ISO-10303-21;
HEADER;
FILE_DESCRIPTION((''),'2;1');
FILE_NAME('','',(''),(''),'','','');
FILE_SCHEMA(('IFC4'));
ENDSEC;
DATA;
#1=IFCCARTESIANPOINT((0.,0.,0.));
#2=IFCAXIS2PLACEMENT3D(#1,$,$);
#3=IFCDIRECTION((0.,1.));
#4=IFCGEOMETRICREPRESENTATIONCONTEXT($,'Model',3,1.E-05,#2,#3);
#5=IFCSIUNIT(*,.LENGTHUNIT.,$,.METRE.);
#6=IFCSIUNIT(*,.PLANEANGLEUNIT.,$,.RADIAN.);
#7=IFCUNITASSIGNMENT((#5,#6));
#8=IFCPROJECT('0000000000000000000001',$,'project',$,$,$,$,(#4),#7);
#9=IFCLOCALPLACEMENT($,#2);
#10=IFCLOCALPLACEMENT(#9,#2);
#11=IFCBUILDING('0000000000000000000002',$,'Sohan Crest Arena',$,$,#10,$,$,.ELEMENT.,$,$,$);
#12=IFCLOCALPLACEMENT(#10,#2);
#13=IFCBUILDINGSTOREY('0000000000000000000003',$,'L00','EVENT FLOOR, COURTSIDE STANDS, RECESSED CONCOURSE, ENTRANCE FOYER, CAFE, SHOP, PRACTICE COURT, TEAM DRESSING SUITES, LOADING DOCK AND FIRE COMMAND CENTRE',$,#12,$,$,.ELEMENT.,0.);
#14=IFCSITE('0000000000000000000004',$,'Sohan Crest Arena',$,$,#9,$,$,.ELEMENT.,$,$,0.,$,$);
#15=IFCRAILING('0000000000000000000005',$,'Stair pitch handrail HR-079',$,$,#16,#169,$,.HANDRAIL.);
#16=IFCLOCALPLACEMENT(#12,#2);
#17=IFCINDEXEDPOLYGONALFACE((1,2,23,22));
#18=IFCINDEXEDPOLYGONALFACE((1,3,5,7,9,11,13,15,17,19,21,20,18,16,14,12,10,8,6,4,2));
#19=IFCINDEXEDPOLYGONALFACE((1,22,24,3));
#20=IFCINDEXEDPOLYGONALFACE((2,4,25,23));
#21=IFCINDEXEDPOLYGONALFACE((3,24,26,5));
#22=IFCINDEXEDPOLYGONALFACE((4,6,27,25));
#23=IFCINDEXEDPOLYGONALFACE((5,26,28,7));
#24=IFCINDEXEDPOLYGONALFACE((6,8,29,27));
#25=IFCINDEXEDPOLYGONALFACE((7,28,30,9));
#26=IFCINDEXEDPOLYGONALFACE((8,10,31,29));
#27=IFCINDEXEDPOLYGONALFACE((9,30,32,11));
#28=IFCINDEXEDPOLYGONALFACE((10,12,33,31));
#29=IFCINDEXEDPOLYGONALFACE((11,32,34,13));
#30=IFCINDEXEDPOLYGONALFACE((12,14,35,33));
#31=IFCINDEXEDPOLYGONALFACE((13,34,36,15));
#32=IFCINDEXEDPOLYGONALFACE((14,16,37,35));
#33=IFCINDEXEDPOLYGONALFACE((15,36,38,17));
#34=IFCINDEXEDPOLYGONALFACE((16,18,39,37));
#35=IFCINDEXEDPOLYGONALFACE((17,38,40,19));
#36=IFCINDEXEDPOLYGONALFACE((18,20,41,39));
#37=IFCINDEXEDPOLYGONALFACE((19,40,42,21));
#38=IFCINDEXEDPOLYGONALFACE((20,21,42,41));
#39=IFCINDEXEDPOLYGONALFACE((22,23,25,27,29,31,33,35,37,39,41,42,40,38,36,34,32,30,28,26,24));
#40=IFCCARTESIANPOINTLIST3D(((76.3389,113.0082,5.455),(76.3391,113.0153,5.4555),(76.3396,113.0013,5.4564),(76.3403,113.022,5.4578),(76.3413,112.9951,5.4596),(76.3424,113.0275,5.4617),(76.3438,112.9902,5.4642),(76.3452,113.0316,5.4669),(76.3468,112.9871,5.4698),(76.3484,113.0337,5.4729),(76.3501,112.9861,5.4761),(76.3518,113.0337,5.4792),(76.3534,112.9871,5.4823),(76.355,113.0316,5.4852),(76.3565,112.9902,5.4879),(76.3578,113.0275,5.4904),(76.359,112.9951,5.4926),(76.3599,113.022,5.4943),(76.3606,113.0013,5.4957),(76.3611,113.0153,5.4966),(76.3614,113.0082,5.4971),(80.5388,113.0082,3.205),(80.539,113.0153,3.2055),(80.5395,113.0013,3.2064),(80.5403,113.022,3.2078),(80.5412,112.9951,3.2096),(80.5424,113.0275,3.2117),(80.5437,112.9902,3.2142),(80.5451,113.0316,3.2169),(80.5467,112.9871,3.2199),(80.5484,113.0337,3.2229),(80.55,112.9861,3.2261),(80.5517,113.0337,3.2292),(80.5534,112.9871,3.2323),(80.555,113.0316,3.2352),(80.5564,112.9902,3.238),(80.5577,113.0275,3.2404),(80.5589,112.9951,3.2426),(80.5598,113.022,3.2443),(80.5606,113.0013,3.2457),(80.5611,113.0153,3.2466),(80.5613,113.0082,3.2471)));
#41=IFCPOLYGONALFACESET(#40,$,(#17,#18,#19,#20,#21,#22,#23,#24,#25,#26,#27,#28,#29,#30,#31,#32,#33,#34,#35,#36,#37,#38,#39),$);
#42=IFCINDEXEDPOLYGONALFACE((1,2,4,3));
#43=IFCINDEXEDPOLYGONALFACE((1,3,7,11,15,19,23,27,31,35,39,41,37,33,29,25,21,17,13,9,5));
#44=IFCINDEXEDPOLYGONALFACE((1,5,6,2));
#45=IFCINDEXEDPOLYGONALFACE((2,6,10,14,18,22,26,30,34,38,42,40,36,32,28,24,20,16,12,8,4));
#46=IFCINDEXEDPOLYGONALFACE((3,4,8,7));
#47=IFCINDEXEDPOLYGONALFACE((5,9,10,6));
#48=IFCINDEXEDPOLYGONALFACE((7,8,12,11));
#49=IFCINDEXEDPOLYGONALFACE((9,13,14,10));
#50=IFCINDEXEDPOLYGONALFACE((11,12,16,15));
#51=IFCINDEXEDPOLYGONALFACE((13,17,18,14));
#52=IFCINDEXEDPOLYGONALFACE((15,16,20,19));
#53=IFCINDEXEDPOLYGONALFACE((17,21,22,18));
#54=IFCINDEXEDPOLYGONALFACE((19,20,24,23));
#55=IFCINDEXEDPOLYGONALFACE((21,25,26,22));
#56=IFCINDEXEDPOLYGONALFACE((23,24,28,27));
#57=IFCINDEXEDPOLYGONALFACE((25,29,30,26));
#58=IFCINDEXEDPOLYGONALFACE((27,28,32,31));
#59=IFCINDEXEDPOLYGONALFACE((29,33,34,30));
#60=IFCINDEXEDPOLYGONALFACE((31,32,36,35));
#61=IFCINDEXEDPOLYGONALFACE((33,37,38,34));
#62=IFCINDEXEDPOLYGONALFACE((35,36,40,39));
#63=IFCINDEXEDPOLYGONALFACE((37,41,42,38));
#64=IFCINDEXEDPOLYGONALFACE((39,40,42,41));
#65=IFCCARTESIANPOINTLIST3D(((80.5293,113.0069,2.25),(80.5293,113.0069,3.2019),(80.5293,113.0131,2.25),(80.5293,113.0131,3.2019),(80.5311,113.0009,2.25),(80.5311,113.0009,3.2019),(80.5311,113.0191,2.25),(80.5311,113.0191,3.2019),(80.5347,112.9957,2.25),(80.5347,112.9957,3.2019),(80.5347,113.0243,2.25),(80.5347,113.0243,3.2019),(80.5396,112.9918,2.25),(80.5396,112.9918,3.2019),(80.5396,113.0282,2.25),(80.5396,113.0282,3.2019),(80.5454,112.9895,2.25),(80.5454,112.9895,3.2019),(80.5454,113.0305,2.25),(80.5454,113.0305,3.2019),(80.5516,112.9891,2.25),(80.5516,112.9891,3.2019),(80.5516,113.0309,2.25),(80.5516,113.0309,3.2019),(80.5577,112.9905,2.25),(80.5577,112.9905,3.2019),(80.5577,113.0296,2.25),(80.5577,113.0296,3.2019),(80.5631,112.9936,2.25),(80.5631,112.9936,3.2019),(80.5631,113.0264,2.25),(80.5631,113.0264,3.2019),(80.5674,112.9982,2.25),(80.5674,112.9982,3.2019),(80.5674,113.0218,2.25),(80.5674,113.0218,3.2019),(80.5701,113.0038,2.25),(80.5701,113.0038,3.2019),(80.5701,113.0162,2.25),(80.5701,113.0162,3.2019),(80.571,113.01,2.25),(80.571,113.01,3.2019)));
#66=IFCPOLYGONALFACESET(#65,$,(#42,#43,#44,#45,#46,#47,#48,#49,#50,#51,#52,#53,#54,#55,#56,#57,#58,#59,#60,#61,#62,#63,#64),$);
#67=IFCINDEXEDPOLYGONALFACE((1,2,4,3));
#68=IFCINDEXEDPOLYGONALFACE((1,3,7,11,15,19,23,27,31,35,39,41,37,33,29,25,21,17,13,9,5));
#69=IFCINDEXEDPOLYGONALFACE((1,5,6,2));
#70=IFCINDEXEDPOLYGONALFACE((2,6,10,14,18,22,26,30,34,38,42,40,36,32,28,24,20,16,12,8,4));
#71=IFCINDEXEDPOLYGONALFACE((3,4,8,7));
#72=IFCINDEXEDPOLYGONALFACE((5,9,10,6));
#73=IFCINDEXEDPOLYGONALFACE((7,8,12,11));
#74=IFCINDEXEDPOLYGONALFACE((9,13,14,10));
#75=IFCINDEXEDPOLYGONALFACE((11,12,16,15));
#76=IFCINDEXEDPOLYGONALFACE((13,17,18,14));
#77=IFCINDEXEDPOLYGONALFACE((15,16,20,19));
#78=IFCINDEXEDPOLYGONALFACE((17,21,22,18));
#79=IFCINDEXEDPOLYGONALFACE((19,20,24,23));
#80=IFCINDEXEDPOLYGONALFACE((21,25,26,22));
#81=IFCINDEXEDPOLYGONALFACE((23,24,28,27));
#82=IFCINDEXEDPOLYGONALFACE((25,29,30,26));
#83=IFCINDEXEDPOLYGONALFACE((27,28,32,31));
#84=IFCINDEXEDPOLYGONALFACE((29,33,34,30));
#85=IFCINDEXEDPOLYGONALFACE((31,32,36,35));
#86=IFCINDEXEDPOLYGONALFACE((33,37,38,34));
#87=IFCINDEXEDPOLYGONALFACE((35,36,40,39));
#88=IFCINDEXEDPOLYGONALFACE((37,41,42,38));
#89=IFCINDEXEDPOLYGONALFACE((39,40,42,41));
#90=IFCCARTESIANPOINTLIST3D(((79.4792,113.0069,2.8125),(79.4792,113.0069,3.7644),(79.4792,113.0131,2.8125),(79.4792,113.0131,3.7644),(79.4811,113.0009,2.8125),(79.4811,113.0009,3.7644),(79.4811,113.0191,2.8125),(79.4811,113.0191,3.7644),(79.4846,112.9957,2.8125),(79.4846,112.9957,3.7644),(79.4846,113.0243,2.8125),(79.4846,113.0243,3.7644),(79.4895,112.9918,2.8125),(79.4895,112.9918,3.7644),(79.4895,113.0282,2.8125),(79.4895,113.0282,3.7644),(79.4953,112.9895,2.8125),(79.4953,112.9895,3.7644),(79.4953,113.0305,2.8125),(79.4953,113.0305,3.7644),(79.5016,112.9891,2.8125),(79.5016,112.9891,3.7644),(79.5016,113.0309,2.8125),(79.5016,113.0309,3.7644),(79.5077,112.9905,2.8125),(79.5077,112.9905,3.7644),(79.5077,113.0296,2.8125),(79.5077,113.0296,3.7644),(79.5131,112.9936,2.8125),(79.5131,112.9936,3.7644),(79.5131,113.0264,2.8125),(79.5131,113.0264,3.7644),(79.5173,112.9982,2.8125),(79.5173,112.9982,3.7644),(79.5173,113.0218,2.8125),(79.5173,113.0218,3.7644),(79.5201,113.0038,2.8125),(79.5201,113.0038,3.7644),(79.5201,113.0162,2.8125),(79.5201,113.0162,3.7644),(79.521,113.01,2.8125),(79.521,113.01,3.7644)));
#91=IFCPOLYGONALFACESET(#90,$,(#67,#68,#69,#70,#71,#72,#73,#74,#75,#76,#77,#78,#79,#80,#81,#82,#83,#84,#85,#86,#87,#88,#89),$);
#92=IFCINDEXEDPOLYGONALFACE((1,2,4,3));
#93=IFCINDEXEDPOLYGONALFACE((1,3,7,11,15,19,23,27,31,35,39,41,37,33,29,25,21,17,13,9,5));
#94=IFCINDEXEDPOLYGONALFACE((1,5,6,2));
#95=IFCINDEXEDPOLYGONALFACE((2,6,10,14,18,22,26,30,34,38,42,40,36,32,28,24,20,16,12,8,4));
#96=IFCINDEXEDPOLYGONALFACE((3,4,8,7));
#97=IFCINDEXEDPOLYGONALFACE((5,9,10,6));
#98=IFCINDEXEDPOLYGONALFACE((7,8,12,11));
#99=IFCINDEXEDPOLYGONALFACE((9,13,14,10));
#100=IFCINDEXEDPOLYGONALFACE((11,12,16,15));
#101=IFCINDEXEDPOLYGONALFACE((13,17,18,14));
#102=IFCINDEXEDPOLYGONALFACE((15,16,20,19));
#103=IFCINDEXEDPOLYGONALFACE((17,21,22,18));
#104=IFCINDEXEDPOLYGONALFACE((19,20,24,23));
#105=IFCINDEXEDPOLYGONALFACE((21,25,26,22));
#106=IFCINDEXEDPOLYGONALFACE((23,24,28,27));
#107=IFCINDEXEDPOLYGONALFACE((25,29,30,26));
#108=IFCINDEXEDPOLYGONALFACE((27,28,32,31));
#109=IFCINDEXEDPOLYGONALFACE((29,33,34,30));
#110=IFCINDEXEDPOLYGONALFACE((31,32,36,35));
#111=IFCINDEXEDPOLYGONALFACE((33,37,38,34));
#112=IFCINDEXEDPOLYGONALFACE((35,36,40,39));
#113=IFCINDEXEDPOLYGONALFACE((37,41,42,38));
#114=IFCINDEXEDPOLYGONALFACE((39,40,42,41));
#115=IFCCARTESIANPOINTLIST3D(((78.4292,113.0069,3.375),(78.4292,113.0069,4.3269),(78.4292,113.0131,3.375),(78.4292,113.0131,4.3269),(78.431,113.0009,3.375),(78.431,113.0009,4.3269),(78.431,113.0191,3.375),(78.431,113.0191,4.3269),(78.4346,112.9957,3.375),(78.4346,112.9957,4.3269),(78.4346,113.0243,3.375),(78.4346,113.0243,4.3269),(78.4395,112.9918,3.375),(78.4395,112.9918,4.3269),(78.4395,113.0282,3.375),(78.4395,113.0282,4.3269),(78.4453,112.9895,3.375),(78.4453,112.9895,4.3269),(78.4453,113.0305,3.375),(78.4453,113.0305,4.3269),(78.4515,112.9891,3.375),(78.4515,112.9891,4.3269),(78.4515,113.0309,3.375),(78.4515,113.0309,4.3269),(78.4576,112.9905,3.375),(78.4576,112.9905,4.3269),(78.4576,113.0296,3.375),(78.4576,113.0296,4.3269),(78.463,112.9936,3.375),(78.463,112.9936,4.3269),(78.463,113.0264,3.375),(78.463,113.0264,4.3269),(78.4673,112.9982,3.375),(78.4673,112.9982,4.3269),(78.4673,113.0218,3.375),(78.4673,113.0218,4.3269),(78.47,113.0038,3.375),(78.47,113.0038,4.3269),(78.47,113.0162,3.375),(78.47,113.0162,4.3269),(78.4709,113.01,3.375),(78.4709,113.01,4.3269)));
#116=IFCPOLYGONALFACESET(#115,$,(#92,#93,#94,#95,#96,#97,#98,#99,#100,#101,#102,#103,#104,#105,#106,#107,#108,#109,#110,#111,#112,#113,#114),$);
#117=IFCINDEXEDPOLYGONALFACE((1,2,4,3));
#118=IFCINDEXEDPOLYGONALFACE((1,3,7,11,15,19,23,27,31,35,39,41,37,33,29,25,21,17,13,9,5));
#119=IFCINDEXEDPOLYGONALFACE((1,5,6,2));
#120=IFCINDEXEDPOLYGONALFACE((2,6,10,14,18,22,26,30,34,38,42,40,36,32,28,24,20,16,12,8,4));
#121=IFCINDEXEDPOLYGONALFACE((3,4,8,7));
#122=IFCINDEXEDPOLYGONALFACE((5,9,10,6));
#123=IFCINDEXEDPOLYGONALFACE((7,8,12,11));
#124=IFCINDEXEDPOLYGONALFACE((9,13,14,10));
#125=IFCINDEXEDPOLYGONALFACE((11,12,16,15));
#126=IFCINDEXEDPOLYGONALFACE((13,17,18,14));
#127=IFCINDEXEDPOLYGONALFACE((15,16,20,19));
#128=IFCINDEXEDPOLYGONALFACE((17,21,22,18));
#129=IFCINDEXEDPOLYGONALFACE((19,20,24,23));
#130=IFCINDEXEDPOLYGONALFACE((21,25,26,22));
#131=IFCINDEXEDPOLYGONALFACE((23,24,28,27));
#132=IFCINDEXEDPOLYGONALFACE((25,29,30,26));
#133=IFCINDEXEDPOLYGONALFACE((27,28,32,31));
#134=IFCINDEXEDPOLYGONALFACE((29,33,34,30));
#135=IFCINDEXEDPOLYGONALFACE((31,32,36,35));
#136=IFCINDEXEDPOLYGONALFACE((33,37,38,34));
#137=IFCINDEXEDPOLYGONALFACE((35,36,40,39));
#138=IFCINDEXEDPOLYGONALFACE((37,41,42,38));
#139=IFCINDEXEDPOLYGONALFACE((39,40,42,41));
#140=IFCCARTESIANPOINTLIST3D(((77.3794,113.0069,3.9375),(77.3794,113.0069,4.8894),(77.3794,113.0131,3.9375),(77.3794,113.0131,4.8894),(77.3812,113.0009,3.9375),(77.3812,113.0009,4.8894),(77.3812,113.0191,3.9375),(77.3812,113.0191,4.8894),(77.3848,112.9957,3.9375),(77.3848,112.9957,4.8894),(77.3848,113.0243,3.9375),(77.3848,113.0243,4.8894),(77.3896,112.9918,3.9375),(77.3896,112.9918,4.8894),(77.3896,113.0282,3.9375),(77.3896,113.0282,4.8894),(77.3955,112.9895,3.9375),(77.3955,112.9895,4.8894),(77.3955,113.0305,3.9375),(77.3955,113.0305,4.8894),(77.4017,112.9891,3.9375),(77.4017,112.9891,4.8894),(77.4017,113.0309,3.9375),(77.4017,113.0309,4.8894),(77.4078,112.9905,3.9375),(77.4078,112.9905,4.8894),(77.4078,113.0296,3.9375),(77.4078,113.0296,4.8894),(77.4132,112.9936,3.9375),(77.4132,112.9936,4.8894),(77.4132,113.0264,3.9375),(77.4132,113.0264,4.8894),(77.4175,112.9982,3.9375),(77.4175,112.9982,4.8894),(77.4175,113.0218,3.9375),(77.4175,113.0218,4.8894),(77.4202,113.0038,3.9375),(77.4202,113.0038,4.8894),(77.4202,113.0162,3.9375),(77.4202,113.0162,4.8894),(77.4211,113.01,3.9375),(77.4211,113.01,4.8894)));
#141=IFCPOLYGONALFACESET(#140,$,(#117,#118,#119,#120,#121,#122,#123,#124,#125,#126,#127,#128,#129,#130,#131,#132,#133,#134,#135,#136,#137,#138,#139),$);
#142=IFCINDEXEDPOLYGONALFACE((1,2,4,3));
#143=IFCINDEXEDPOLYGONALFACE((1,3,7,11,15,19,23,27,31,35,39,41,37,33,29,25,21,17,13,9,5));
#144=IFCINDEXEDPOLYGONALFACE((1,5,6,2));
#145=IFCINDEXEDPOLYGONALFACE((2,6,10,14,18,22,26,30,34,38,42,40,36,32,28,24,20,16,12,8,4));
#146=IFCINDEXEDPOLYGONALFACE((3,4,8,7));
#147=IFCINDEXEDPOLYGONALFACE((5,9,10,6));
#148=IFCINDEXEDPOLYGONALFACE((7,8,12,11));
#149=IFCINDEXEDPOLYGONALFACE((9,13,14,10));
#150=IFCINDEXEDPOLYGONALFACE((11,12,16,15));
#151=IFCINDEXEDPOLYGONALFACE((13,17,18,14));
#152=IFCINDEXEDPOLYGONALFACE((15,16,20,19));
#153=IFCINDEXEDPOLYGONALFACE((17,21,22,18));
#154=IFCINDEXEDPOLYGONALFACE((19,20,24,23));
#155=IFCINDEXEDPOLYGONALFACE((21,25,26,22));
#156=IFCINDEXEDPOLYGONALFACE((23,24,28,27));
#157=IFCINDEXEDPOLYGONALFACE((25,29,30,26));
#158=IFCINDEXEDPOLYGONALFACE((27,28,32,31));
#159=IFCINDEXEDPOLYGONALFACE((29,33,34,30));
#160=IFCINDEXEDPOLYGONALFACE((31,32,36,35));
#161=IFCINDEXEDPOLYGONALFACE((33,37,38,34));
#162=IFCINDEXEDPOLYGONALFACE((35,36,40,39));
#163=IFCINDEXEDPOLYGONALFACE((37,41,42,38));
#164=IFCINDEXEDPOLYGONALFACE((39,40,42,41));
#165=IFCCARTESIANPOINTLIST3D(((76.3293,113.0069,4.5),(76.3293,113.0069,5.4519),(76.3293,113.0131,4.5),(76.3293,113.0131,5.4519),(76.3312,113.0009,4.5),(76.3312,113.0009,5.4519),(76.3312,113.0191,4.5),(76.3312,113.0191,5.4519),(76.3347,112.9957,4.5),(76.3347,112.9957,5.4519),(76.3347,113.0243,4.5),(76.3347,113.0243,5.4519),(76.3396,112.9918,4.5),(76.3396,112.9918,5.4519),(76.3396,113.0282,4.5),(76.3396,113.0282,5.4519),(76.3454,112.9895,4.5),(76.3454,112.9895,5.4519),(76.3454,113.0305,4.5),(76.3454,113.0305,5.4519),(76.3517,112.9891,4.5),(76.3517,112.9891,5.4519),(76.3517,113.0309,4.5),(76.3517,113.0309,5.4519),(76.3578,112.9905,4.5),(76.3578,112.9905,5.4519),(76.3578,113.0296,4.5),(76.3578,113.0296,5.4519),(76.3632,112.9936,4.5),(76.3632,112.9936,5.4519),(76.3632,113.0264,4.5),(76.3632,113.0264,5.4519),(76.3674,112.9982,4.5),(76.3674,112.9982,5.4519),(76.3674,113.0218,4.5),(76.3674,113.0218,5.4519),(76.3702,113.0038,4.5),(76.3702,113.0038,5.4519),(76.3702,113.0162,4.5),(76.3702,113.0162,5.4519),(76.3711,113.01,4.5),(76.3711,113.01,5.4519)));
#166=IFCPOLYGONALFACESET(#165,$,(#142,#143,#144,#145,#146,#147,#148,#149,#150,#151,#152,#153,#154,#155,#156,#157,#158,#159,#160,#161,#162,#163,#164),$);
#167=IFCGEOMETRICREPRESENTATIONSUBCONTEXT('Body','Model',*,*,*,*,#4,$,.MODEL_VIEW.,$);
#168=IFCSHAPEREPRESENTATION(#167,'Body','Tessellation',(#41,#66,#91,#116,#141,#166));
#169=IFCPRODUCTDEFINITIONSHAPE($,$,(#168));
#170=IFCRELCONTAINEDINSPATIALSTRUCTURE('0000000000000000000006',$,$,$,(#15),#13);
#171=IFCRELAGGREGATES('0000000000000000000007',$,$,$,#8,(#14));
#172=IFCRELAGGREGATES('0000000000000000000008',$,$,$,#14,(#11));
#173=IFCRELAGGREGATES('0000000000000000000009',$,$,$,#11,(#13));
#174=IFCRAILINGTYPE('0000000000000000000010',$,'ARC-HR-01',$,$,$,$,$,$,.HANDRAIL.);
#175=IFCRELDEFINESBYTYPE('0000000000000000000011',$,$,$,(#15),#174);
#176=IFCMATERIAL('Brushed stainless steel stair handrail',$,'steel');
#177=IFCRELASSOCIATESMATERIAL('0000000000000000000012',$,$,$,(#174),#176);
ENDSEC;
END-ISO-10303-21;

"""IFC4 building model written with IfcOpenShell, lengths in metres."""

from ifc_helpers import new_model, si_unit, direction, frame, origin, origin_2d, place, context, subcontext, project, spatial, circle, extrude, material, type_object, element, save


model = new_model("IFC4")

# Units and contexts
model_context = context("Model", 3, precision=1e-05, world=origin(), true_north=direction((0.0, 1.0)))
body_context = subcontext(model_context, "Body", "Model", "MODEL_VIEW")
ifc_project = project(units=[si_unit("LENGTHUNIT", "METRE"), si_unit("PLANEANGLEUNIT", "RADIAN")], contexts=[model_context])

# Site, building, storey
site_placement = place(None, origin())
site = spatial("IfcSite", under=ifc_project, at=site_placement, Name="Sohan Crest Arena", CompositionType="ELEMENT", RefElevation=0.0)
building_placement = place(site_placement, origin())
building = spatial("IfcBuilding", under=site, at=building_placement, Name="Sohan Crest Arena", CompositionType="ELEMENT")
storey_placement = place(building_placement, origin())
storey = spatial("IfcBuildingStorey", under=building, at=storey_placement, Name="L00", Description="EVENT FLOOR, COURTSIDE STANDS, RECESSED CONCOURSE, ENTRANCE FOYER, CAFE, SHOP, PRACTICE COURT, TEAM DRESSING SUITES, LOADING DOCK AND FIRE COMMAND CENTRE", CompositionType="ELEMENT", Elevation=0.0)

# Railing
ifc_material_1 = material(Name="Brushed stainless steel stair handrail", Category="steel")
railing_type_1 = type_object("IfcRailingType", Name="ARC-HR-01", PredefinedType="HANDRAIL", material=ifc_material_1)
railing_1_placement = place(storey_placement, frame((80.55, 113.01, 2.25)))
element("IfcRailing", 1, at=railing_1_placement, inside=storey, type_object=railing_type_1, Name="Stair pitch handrail HR-079", PredefinedType="HANDRAIL", context=body_context, shape_type="SweptSolid", body=[
    extrude(circle(Radius=0.0239, at=origin_2d()), frame((0.0, 0.0, 0.9761), z_axis=(-0.881478, 0.0, 0.472226), x_axis=(0.0, -1.0, 0.0)), (0.0, 0.0, 1.0), 4.7646),
    extrude(circle(Radius=0.021, at=origin_2d()), origin(), (0.0, 0.0, 1.0), 0.9519),
    extrude(circle(Radius=0.021, at=origin_2d()), frame((-1.05, 0.0, 0.5625)), (0.0, 0.0, 1.0), 0.9519),
    extrude(circle(Radius=0.021, at=origin_2d()), frame((-2.1001, 0.0, 1.125)), (0.0, 0.0, 1.0), 0.9519),
    extrude(circle(Radius=0.021, at=origin_2d()), frame((-3.1499, 0.0, 1.6875)), (0.0, 0.0, 1.0), 0.9519),
    extrude(circle(Radius=0.021, at=origin_2d()), frame((-4.2, 0.0, 2.25)), (0.0, 0.0, 1.0), 0.9519),
])

save(model, "model.ifc")
